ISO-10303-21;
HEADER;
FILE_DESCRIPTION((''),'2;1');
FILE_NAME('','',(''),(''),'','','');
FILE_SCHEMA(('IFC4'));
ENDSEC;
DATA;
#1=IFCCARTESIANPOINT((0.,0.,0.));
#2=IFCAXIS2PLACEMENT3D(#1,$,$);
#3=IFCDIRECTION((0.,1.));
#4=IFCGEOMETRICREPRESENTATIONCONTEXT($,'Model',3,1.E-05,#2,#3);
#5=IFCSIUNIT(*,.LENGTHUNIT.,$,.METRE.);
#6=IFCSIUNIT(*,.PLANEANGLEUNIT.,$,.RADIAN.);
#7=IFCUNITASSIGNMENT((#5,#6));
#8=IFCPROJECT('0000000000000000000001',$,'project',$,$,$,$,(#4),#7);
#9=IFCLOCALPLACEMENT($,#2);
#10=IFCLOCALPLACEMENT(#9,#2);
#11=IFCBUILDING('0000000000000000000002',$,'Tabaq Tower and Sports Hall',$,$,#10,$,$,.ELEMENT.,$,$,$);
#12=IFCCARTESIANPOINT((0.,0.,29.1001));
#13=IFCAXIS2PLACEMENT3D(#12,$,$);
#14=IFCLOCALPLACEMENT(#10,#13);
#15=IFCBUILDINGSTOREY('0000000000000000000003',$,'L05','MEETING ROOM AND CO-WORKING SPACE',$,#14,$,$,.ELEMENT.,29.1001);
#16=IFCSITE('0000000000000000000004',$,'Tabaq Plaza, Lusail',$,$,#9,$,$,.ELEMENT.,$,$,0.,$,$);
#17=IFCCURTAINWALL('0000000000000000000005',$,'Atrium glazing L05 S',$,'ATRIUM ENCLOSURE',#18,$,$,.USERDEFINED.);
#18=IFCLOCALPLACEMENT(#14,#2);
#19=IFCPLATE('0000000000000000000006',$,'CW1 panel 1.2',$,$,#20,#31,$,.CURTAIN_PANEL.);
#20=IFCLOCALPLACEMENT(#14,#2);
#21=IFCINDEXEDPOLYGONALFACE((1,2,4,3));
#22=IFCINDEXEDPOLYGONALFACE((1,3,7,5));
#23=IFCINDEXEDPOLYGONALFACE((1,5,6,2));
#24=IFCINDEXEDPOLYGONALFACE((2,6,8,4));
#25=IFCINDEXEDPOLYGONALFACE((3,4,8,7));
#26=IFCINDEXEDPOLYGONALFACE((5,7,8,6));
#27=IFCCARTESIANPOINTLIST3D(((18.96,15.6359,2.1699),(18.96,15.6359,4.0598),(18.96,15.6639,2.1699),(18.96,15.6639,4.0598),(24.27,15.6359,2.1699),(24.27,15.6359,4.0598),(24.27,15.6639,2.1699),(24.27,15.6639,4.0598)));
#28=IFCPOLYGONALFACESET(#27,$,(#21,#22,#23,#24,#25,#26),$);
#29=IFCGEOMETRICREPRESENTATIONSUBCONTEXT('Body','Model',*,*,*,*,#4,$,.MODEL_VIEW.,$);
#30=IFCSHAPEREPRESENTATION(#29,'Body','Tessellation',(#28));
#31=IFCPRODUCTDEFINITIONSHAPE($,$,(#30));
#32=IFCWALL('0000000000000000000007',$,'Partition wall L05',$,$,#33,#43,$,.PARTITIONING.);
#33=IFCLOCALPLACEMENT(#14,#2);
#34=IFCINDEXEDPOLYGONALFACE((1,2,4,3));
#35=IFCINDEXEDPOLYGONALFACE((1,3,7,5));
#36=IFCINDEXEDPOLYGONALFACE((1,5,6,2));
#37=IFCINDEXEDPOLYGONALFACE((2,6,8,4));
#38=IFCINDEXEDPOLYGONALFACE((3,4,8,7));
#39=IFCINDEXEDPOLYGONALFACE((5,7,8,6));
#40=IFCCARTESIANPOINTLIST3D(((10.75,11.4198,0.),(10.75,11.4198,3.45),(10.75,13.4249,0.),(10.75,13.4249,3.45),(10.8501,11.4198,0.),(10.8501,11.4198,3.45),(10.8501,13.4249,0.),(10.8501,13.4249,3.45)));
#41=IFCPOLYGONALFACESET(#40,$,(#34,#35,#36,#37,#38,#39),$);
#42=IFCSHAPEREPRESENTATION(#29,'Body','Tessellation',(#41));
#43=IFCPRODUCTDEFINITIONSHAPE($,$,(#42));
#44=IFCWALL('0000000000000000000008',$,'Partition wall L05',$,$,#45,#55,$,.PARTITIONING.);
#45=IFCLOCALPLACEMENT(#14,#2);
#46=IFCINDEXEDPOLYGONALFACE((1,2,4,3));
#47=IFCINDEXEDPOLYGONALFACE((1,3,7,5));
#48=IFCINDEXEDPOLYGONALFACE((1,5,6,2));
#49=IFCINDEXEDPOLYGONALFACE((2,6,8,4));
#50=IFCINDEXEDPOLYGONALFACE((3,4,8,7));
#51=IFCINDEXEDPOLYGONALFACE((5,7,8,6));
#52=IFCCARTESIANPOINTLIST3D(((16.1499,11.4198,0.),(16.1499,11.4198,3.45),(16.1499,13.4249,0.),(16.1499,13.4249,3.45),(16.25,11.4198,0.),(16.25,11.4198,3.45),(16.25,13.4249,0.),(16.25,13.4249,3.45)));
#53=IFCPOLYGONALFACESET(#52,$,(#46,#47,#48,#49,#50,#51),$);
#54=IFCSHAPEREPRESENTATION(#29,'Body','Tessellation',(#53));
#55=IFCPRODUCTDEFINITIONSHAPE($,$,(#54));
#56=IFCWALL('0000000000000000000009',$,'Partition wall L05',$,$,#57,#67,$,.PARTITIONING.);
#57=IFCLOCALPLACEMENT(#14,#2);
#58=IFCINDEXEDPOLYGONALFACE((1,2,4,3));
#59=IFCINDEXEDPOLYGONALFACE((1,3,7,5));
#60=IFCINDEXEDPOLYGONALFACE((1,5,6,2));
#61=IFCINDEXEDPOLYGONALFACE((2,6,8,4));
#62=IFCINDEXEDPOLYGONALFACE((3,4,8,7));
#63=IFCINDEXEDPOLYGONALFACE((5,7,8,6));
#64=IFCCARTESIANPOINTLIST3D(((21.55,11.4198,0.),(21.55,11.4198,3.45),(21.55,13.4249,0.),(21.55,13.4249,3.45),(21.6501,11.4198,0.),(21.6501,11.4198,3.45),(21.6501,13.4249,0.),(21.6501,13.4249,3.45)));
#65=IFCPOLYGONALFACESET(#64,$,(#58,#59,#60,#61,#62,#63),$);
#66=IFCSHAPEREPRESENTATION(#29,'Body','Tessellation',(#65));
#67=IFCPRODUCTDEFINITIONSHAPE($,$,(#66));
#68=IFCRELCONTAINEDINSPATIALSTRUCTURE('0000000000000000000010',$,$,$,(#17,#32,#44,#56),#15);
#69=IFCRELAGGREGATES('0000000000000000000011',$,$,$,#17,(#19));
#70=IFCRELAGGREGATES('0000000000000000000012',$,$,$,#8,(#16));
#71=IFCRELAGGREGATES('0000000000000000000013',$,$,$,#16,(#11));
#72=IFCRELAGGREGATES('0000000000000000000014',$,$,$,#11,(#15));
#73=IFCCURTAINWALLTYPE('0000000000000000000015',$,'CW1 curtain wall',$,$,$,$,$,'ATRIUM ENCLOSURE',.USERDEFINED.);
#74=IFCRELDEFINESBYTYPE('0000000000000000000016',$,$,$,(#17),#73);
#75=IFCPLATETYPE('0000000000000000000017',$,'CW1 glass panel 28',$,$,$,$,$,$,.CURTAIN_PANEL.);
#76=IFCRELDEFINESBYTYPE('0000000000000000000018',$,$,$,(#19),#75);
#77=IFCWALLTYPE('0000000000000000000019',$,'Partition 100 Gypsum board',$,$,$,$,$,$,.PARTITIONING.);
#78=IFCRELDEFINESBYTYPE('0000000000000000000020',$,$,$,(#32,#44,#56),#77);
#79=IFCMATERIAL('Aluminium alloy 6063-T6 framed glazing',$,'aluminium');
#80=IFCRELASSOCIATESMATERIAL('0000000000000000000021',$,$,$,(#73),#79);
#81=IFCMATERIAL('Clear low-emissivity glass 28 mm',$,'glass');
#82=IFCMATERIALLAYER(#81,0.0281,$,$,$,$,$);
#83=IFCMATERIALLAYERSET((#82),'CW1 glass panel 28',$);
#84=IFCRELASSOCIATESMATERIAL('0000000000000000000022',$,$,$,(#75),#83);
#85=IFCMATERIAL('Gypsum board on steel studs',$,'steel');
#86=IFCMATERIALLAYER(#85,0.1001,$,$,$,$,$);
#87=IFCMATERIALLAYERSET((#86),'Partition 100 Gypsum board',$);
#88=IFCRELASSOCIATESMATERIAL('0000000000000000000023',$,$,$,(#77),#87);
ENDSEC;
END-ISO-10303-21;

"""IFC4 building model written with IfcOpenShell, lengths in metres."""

from ifc_helpers import new_model, si_unit, direction, frame, frame_2d, origin, origin_2d, place, context, subcontext, project, spatial, rectangle, extrude, material, layer, layer_set, type_object, element, aggregate, save


model = new_model("IFC4")

# Units and contexts
model_context = context("Model", 3, precision=1e-05, world=origin(), true_north=direction((0.0, 1.0)))
body_context = subcontext(model_context, "Body", "Model", "MODEL_VIEW")
ifc_project = project(units=[si_unit("LENGTHUNIT", "METRE"), si_unit("PLANEANGLEUNIT", "RADIAN")], contexts=[model_context])

# Site, building, storey
site_placement = place(None, origin())
site = spatial("IfcSite", under=ifc_project, at=site_placement, Name="Tabaq Plaza, Lusail", CompositionType="ELEMENT", RefElevation=0.0)
building_placement = place(site_placement, origin())
building = spatial("IfcBuilding", under=site, at=building_placement, Name="Tabaq Tower and Sports Hall", CompositionType="ELEMENT")
storey_placement = place(building_placement, frame((0.0, 0.0, 29.1001)))
storey = spatial("IfcBuildingStorey", under=building, at=storey_placement, Name="L05", Description="MEETING ROOM AND CO-WORKING SPACE", CompositionType="ELEMENT", Elevation=29.1001)

# Curtain wall
ifc_material_1 = material(Name="Aluminium alloy 6063-T6 framed glazing", Category="aluminium")
curtain_wall_type = type_object("IfcCurtainWallType", Name="CW1 curtain wall", ElementType="ATRIUM ENCLOSURE", PredefinedType="USERDEFINED", material=ifc_material_1)
curtain_wall_placement = place(storey_placement, origin())
curtain_wall = element("IfcCurtainWall", 1, at=curtain_wall_placement, inside=storey, type_object=curtain_wall_type, Name="Atrium glazing L05 S", ObjectType="ATRIUM ENCLOSURE", PredefinedType="USERDEFINED")

# Plate
ifc_material_2 = material(Name="Clear low-emissivity glass 28 mm", Category="glass")
ifc_layer_1 = layer(ifc_material_2, 0.0281)
ifc_layer_set_1 = layer_set([ifc_layer_1], Name="CW1 glass panel 28")
plate_type = type_object("IfcPlateType", Name="CW1 glass panel 28", PredefinedType="CURTAIN_PANEL", material=ifc_layer_set_1)
plate_1_placement = place(storey_placement, frame((21.615, 15.6499, 2.1699), z_axis=(0.0, 0.0, 1.0), x_axis=(1.0, 0.0, 0.0)))
plate_1 = element("IfcPlate", 2, at=plate_1_placement, type_object=plate_type, Name="CW1 panel 1.2", PredefinedType="CURTAIN_PANEL", context=body_context, shape_type="SweptSolid", body=[
    extrude(rectangle(XDim=5.3101, YDim=0.0281, at=origin_2d()), origin(), (0.0, 0.0, 1.0), 1.8899),
])
aggregate(curtain_wall, [plate_1])

# Walls
ifc_material_3 = material(Name="Gypsum board on steel studs", Category="steel")
ifc_layer_2 = layer(ifc_material_3, 0.1001)
ifc_layer_set_2 = layer_set([ifc_layer_2], Name="Partition 100 Gypsum board")
wall_type_1 = type_object("IfcWallType", Name="Partition 100 Gypsum board", PredefinedType="PARTITIONING", material=ifc_layer_set_2)
for number, where, z_axis, x_axis, name in (
    (3, (10.8, 11.4199, 0.0), (0.0, 0.0, 1.0), (0.0, 1.0, 0.0), "Partition wall L05"),
    (4, (16.2, 11.4199, 0.0), (0.0, 0.0, 1.0), (0.0, 1.0, 0.0), "Partition wall L05"),
    (5, (21.6001, 11.4199, 0.0), (0.0, 0.0, 1.0), (0.0, 1.0, 0.0), "Partition wall L05"),
):
    element("IfcWall", number, at=place(storey_placement, frame(where, z_axis=z_axis, x_axis=x_axis)), inside=storey, type_object=wall_type_1, Name=name, PredefinedType="PARTITIONING", context=body_context, shape_type="SweptSolid", body=[
        extrude(rectangle(XDim=2.0051, YDim=0.1001, at=frame_2d((1.0024, 0.0))), origin(), (0.0, 0.0, 1.0), 3.45),
    ])

save(model, "model.ifc")
